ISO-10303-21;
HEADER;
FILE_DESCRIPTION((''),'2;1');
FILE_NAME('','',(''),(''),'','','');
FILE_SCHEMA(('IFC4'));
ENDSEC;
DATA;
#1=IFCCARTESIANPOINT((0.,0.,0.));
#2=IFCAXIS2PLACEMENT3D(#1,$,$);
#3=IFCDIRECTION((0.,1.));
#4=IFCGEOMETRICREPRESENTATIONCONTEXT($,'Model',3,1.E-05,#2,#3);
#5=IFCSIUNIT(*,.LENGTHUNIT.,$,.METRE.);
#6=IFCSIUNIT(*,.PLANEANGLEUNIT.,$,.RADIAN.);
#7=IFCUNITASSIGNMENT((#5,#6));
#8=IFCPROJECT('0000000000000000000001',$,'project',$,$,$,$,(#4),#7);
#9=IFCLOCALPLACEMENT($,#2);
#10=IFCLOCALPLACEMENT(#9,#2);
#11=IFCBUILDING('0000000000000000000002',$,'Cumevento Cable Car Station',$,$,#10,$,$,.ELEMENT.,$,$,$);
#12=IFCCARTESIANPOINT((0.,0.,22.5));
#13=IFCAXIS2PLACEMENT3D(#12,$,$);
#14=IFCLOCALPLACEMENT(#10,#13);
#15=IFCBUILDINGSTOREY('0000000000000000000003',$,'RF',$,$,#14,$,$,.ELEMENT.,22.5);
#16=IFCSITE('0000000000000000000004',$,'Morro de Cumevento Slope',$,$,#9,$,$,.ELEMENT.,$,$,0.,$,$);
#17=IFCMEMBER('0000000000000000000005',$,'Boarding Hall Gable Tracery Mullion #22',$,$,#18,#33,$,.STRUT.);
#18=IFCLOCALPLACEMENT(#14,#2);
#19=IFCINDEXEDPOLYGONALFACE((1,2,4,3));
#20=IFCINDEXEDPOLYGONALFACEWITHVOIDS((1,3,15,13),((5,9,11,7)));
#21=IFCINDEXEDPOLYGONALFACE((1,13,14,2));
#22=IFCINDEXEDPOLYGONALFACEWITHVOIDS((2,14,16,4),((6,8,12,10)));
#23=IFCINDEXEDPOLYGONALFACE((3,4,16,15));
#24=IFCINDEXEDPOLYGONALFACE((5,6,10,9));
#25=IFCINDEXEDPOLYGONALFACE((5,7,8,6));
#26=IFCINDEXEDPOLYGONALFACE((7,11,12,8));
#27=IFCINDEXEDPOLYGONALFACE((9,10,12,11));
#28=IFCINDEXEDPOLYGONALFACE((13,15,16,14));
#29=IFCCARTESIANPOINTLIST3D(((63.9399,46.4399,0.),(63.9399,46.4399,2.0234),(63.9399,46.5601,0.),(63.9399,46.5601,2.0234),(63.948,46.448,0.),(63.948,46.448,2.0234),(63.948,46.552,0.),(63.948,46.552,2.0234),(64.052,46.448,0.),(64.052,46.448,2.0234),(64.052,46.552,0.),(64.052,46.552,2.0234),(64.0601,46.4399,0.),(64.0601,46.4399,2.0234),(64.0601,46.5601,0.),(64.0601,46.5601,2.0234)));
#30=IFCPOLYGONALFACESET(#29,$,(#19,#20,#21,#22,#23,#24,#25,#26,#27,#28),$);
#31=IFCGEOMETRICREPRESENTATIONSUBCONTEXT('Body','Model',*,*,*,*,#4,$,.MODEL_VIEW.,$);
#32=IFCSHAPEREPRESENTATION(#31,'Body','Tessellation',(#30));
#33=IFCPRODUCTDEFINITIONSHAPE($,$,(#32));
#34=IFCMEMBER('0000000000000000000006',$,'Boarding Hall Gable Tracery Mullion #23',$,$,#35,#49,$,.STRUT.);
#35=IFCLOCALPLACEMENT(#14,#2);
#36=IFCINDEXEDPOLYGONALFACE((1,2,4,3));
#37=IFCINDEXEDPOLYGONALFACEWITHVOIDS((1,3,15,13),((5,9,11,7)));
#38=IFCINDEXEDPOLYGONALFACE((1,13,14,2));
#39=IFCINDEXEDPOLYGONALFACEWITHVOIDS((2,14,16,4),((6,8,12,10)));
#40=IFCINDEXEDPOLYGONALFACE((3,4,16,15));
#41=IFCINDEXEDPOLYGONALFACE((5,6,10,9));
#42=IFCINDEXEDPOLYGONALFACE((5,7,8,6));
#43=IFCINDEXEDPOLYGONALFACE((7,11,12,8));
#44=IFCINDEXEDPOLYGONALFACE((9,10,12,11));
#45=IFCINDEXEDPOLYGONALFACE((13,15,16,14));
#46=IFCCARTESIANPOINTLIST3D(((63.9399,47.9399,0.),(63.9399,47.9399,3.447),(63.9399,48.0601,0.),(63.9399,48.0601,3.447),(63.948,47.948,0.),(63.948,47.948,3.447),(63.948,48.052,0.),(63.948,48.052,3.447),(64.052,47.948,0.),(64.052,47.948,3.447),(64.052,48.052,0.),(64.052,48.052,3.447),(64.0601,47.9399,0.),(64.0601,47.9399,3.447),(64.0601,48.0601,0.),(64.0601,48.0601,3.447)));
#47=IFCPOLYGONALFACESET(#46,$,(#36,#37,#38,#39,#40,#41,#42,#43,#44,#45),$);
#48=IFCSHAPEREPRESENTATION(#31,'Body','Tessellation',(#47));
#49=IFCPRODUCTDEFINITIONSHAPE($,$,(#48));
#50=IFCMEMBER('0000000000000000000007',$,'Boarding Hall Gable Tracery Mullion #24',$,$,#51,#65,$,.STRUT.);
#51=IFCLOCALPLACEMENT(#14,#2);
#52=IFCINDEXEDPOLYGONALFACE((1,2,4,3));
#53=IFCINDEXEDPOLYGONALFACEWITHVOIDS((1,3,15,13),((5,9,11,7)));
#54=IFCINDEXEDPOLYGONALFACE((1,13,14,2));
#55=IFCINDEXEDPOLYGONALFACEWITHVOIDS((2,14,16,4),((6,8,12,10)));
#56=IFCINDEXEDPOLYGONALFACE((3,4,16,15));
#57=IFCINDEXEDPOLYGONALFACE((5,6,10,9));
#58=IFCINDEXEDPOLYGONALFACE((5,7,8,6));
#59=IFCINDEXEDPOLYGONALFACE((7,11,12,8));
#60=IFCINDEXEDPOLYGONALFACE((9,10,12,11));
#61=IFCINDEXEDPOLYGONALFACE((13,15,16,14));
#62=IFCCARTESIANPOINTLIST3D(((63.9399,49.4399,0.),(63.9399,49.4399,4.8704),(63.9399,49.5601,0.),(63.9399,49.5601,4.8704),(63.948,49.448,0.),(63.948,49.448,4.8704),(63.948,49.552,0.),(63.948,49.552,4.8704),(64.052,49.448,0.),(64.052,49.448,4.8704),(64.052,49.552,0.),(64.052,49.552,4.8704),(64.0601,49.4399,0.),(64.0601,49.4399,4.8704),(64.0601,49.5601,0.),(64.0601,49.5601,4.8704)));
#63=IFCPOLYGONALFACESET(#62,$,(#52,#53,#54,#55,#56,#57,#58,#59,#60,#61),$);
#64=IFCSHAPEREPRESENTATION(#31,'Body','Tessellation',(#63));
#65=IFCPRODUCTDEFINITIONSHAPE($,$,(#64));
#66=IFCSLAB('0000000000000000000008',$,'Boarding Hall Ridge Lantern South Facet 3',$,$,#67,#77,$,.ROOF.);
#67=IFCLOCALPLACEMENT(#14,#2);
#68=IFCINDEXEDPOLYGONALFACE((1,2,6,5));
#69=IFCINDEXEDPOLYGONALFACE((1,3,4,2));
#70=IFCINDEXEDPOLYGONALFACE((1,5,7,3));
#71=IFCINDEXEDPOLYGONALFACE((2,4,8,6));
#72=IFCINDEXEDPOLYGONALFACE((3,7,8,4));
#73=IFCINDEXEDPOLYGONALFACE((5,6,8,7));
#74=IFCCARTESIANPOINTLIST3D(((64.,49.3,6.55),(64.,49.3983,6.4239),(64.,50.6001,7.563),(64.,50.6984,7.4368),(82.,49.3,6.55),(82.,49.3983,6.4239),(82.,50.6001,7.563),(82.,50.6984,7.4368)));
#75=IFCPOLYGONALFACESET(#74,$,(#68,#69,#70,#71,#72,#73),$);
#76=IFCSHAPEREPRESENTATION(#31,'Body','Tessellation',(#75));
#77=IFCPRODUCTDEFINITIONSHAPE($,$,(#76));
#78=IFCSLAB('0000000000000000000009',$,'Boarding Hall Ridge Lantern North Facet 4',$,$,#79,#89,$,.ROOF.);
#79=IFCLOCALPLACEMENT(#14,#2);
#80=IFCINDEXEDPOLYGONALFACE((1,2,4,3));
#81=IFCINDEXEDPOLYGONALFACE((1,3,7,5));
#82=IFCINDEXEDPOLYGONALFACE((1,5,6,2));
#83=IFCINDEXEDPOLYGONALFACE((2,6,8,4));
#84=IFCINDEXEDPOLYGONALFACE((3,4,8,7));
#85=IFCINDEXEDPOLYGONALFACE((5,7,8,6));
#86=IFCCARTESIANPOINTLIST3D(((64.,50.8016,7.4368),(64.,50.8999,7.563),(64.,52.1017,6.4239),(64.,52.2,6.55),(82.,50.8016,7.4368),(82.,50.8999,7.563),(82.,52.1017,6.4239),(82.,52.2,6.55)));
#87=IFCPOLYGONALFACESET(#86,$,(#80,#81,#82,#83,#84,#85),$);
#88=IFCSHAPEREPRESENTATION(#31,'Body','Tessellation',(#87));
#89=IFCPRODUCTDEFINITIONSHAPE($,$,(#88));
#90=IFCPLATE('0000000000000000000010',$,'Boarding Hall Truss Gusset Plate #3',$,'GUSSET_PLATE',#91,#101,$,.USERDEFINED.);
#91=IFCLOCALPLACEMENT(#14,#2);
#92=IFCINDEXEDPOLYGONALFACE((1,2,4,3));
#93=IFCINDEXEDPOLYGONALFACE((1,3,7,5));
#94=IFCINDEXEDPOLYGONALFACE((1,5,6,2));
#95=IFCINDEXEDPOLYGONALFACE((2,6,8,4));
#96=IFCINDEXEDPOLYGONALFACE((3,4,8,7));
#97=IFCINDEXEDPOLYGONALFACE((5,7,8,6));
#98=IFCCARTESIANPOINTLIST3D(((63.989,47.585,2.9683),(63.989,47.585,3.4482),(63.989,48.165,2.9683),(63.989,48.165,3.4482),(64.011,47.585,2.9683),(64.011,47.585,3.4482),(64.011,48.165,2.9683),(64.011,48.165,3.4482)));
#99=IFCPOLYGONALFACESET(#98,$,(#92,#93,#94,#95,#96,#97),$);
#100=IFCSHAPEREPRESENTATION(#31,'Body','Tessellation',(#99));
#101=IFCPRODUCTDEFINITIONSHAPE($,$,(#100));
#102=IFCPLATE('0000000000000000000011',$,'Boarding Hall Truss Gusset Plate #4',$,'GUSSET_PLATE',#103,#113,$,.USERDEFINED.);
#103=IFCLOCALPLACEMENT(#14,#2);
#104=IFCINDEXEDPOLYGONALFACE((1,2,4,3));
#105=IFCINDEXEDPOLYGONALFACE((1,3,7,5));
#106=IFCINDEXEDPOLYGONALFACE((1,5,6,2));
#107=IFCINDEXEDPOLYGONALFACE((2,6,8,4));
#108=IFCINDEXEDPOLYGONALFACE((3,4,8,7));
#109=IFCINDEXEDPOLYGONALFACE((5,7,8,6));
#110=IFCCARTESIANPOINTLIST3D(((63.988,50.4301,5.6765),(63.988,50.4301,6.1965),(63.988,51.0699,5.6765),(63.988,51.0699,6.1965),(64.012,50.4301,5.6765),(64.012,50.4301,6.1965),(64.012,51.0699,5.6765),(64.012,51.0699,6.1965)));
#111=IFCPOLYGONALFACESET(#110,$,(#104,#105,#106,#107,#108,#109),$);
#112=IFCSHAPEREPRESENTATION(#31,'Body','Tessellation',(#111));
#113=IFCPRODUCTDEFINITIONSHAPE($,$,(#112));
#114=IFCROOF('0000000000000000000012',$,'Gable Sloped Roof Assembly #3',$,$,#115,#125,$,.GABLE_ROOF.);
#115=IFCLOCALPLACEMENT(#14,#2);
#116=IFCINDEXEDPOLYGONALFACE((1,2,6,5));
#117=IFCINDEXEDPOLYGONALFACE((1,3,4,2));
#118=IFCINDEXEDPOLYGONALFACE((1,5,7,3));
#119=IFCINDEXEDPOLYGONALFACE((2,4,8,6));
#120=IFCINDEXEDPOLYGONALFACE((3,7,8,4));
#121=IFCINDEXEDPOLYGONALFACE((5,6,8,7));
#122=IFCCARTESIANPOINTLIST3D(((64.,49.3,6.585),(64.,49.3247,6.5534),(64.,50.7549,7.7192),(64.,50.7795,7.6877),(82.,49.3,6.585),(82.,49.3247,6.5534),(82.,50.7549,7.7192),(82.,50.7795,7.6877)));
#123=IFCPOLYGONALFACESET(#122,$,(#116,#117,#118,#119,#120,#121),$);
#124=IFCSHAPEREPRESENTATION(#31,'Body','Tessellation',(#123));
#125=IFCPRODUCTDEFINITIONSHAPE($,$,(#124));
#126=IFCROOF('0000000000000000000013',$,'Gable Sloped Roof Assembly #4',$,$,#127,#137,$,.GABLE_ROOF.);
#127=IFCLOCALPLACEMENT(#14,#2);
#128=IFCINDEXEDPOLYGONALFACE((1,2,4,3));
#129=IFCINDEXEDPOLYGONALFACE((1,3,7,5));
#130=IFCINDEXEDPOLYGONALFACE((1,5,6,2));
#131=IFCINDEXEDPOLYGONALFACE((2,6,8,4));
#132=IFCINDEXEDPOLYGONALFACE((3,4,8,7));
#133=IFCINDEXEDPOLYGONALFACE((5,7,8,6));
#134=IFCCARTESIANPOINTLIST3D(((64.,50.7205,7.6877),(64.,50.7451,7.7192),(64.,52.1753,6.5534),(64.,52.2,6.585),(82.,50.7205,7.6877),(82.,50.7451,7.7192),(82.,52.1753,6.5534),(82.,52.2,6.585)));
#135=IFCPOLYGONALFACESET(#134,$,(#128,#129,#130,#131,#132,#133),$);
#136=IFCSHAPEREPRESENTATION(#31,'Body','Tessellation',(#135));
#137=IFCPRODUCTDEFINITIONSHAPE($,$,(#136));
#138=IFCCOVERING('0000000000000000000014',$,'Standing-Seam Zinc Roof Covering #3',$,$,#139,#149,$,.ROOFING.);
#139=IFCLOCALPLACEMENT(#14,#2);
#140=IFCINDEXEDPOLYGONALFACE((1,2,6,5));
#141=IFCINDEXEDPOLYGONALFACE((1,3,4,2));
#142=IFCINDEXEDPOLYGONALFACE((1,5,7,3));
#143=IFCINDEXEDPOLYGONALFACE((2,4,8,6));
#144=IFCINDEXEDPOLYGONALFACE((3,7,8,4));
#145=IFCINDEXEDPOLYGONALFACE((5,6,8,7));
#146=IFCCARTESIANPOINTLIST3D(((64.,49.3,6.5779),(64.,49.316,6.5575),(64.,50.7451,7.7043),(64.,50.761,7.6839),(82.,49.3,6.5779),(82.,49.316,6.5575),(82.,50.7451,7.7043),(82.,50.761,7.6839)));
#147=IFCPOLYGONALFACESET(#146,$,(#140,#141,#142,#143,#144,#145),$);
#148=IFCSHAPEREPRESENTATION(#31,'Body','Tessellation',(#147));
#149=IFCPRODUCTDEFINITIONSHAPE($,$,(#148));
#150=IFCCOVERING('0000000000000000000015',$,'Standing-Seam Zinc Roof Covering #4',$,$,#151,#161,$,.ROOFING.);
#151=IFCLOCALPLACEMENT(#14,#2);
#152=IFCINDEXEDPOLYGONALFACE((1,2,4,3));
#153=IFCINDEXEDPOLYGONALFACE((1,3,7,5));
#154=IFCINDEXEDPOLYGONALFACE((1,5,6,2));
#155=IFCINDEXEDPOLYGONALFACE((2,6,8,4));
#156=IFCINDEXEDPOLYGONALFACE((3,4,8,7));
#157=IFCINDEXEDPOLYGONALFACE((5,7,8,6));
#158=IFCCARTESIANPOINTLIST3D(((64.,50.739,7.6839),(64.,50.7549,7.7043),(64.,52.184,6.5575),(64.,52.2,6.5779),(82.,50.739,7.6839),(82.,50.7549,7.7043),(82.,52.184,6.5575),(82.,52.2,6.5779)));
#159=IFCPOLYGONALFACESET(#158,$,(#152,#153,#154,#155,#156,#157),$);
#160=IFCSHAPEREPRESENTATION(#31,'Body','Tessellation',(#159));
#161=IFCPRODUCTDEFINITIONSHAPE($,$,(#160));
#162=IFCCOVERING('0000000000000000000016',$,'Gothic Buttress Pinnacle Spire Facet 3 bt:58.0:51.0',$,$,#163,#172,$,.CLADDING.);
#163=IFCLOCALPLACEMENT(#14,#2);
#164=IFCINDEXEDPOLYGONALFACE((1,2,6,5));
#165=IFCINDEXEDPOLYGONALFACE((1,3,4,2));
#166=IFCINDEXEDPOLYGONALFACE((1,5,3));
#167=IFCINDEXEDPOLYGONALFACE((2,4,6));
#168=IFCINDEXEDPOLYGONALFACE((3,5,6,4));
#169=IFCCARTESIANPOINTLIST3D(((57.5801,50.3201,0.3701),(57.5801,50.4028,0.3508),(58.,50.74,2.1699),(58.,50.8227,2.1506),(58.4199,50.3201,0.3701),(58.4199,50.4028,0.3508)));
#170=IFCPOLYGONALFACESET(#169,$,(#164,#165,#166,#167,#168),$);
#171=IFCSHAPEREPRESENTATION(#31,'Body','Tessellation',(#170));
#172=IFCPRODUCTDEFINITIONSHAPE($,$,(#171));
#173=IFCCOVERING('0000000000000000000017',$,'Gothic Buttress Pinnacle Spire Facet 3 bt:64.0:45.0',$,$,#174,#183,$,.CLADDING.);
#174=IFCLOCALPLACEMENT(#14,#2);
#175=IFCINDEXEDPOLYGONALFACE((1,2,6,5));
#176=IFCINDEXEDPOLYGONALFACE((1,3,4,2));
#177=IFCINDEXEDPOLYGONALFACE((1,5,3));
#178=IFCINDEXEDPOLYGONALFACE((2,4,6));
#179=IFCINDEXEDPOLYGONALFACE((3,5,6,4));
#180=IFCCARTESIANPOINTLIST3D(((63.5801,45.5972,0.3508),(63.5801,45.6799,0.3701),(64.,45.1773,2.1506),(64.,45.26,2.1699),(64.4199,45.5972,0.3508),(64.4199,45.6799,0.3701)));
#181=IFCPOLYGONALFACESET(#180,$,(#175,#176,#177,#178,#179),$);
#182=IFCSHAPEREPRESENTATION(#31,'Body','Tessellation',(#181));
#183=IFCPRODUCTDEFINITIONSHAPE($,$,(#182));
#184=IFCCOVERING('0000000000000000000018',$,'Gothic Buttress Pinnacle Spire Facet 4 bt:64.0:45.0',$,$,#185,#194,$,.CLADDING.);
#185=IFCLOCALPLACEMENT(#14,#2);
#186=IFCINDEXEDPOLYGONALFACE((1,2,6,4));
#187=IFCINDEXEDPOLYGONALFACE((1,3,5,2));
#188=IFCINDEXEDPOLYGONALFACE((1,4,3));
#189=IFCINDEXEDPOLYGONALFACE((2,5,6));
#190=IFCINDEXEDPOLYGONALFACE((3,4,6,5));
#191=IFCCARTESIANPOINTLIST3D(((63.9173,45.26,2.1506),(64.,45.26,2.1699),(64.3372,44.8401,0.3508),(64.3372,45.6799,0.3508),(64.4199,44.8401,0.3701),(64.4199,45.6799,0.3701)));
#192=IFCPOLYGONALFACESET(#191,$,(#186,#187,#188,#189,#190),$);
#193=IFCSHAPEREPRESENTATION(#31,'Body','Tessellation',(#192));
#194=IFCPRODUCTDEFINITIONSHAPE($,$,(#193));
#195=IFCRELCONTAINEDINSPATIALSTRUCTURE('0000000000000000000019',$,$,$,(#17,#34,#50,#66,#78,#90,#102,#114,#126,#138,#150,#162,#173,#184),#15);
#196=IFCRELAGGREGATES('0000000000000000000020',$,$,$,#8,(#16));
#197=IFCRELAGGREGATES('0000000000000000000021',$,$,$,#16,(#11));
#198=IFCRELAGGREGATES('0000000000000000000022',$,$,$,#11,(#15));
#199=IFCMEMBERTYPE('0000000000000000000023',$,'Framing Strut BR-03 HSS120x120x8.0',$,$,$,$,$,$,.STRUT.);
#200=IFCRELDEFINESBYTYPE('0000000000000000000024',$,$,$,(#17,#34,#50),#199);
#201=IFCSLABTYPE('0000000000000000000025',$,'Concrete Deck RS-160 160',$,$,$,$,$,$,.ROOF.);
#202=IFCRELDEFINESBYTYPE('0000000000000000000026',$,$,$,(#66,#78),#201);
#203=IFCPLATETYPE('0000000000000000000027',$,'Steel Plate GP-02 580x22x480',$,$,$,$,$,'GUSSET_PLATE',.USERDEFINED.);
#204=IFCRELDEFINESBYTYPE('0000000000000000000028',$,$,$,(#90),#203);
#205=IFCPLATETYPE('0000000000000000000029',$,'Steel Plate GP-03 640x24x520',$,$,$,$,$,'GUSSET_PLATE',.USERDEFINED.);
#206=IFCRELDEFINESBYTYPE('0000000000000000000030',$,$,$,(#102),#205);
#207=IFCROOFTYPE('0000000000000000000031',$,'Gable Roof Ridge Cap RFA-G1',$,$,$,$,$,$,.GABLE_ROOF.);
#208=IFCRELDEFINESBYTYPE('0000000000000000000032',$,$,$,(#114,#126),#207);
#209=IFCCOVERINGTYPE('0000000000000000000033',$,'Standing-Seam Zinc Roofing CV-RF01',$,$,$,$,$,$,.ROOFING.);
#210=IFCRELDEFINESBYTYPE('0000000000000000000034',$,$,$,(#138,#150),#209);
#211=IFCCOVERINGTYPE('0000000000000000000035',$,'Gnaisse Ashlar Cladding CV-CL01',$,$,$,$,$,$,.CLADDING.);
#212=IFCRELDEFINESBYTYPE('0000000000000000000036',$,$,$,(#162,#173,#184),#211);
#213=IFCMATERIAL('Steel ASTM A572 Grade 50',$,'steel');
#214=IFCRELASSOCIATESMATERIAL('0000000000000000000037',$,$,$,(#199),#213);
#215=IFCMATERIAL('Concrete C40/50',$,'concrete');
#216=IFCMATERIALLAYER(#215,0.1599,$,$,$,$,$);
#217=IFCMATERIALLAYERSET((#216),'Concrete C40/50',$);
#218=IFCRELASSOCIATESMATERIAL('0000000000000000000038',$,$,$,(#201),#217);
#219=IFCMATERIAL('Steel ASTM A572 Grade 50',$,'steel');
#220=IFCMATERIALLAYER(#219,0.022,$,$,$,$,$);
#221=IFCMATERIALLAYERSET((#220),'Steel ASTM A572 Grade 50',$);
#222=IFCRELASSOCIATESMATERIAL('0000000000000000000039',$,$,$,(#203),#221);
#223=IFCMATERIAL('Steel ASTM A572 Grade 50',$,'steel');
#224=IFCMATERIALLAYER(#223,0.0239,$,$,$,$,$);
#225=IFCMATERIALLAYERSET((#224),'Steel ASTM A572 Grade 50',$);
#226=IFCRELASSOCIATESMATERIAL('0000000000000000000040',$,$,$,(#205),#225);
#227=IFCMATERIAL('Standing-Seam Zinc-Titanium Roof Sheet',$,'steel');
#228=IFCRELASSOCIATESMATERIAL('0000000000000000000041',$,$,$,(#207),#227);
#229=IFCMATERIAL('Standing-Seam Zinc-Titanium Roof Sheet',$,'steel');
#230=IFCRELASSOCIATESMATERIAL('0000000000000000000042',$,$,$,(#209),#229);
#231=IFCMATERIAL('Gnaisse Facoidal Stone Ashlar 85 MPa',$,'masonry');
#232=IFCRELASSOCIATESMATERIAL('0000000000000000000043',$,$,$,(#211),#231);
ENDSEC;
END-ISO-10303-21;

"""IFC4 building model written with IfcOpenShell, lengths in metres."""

from ifc_helpers import new_model, si_unit, direction, frame, origin, origin_2d, place, context, subcontext, project, spatial, polyline, rectangle, hollow_rectangle, outline, extrude, material, layer, layer_set, material_profile, profile_set, type_object, element, save


model = new_model("IFC4")

# Units and contexts
model_context = context("Model", 3, precision=1e-05, world=origin(), true_north=direction((0.0, 1.0)))
body_context = subcontext(model_context, "Body", "Model", "MODEL_VIEW")
ifc_project = project(units=[si_unit("LENGTHUNIT", "METRE"), si_unit("PLANEANGLEUNIT", "RADIAN")], contexts=[model_context])

# Site, building, storey
site_placement = place(None, origin())
site = spatial("IfcSite", under=ifc_project, at=site_placement, Name="Morro de Cumevento Slope", CompositionType="ELEMENT", RefElevation=0.0)
building_placement = place(site_placement, origin())
building = spatial("IfcBuilding", under=site, at=building_placement, Name="Cumevento Cable Car Station", CompositionType="ELEMENT")
storey_placement = place(building_placement, frame((0.0, 0.0, 22.5)))
storey = spatial("IfcBuildingStorey", under=building, at=storey_placement, Name="RF", CompositionType="ELEMENT", Elevation=22.5)

# Members
ifc_material_1 = material(Name="Steel ASTM A572 Grade 50", Category="steel")
ifc_material_profile_1 = material_profile(ifc_material_1, hollow_rectangle(XDim=0.1201, YDim=0.1201, WallThickness=0.0081, at=origin_2d()), Name="HSS120x120x8.0")
ifc_profile_set_1 = profile_set([ifc_material_profile_1], Name="Steel ASTM A572 Grade 50")
member_type_1 = type_object("IfcMemberType", Name="Framing Strut BR-03 HSS120x120x8.0", PredefinedType="STRUT", material=ifc_profile_set_1)
member_1_placement = place(storey_placement, frame((64.0, 46.5, 0.0), z_axis=(0.0, 0.0, 1.0), x_axis=(1.0, 0.0, 0.0)))
element("IfcMember", 1, at=member_1_placement, inside=storey, type_object=member_type_1, Name="Boarding Hall Gable Tracery Mullion #22", PredefinedType="STRUT", context=body_context, shape_type="SweptSolid", body=[
    extrude(hollow_rectangle(XDim=0.1201, YDim=0.1201, WallThickness=0.0081, at=origin_2d()), origin(), (0.0, 0.0, 1.0), 2.0234),
])
member_2_placement = place(storey_placement, frame((64.0, 48.0, 0.0), z_axis=(0.0, 0.0, 1.0), x_axis=(1.0, 0.0, 0.0)))
element("IfcMember", 2, at=member_2_placement, inside=storey, type_object=member_type_1, Name="Boarding Hall Gable Tracery Mullion #23", PredefinedType="STRUT", context=body_context, shape_type="SweptSolid", body=[
    extrude(hollow_rectangle(XDim=0.1201, YDim=0.1201, WallThickness=0.0081, at=origin_2d()), origin(), (0.0, 0.0, 1.0), 3.447),
])
member_3_placement = place(storey_placement, frame((64.0, 49.5, 0.0), z_axis=(0.0, 0.0, 1.0), x_axis=(1.0, 0.0, 0.0)))
element("IfcMember", 3, at=member_3_placement, inside=storey, type_object=member_type_1, Name="Boarding Hall Gable Tracery Mullion #24", PredefinedType="STRUT", context=body_context, shape_type="SweptSolid", body=[
    extrude(hollow_rectangle(XDim=0.1201, YDim=0.1201, WallThickness=0.0081, at=origin_2d()), origin(), (0.0, 0.0, 1.0), 4.8704),
])

# Slabs
ifc_material_2 = material(Name="Concrete C40/50", Category="concrete")
ifc_layer_1 = layer(ifc_material_2, 0.1599)
ifc_layer_set_1 = layer_set([ifc_layer_1], Name="Concrete C40/50")
slab_type = type_object("IfcSlabType", Name="Concrete Deck RS-160 160", PredefinedType="ROOF", material=ifc_layer_set_1)
for number, where, z_axis, x_axis, name in (
    (4, (64.0, 49.3, 6.55), (0.0, -0.614617, 0.788825), (1.0, 0.0, 0.0), "Boarding Hall Ridge Lantern South Facet 3"),
    (5, (64.0, 50.8999, 7.563), (0.0, 0.614617, 0.788825), (1.0, 0.0, 0.0), "Boarding Hall Ridge Lantern North Facet 4"),
):
    element("IfcSlab", number, at=place(storey_placement, frame(where, z_axis=z_axis, x_axis=x_axis)), inside=storey, type_object=slab_type, Name=name, PredefinedType="ROOF", context=body_context, shape_type="SweptSolid", body=[
        extrude(outline(polyline([(0.0, 0.0), (18.0, 0.0), (18.0, 1.6481), (0.0, 1.6481), (0.0, 0.0)])), origin(), (0.0, 0.0, -1.0), 0.1599),
    ])

# Plates
ifc_material_3 = material(Name="Steel ASTM A572 Grade 50", Category="steel")
ifc_layer_2 = layer(ifc_material_3, 0.022)
ifc_layer_set_2 = layer_set([ifc_layer_2], Name="Steel ASTM A572 Grade 50")
plate_type_1 = type_object("IfcPlateType", Name="Steel Plate GP-02 580x22x480", ElementType="GUSSET_PLATE", PredefinedType="USERDEFINED", material=ifc_layer_set_2)
plate_1_placement = place(storey_placement, frame((64.0, 47.875, 2.9683), z_axis=(0.0, 0.0, 1.0), x_axis=(0.0, 1.0, 0.0)))
element("IfcPlate", 6, at=plate_1_placement, inside=storey, type_object=plate_type_1, Name="Boarding Hall Truss Gusset Plate #3", ObjectType="GUSSET_PLATE", PredefinedType="USERDEFINED", context=body_context, shape_type="SweptSolid", body=[
    extrude(rectangle(XDim=0.5801, YDim=0.022, at=origin_2d()), origin(), (0.0, 0.0, 1.0), 0.48),
])
ifc_material_4 = material(Name="Steel ASTM A572 Grade 50", Category="steel")
ifc_layer_3 = layer(ifc_material_4, 0.0239)
ifc_layer_set_3 = layer_set([ifc_layer_3], Name="Steel ASTM A572 Grade 50")
plate_type_2 = type_object("IfcPlateType", Name="Steel Plate GP-03 640x24x520", ElementType="GUSSET_PLATE", PredefinedType="USERDEFINED", material=ifc_layer_set_3)
plate_2_placement = place(storey_placement, frame((64.0, 50.75, 5.6765), z_axis=(0.0, 0.0, 1.0), x_axis=(0.0, 1.0, 0.0)))
element("IfcPlate", 7, at=plate_2_placement, inside=storey, type_object=plate_type_2, Name="Boarding Hall Truss Gusset Plate #4", ObjectType="GUSSET_PLATE", PredefinedType="USERDEFINED", context=body_context, shape_type="SweptSolid", body=[
    extrude(rectangle(XDim=0.6399, YDim=0.0239, at=origin_2d()), origin(), (0.0, 0.0, 1.0), 0.52),
])

# Roofs
ifc_material_5 = material(Name="Standing-Seam Zinc-Titanium Roof Sheet", Category="steel")
roof_type = type_object("IfcRoofType", Name="Gable Roof Ridge Cap RFA-G1", PredefinedType="GABLE_ROOF", material=ifc_material_5)
for number, where, z_axis, x_axis, name in (
    (8, (64.0, 49.3, 6.585), (0.0, -0.614866, 0.788632), (1.0, 0.0, 0.0), "Gable Sloped Roof Assembly #3"),
    (9, (64.0, 50.7451, 7.7192), (0.0, 0.614866, 0.788632), (1.0, 0.0, 0.0), "Gable Sloped Roof Assembly #4"),
):
    element("IfcRoof", number, at=place(storey_placement, frame(where, z_axis=z_axis, x_axis=x_axis)), inside=storey, type_object=roof_type, Name=name, PredefinedType="GABLE_ROOF", context=body_context, shape_type="SweptSolid", body=[
        extrude(outline(polyline([(0.0, 0.0), (18.0, 0.0), (18.0, 1.8448), (0.0, 1.8448), (0.0, 0.0)])), origin(), (0.0, 0.0, -1.0), 0.04),
    ])

# Coverings
ifc_material_6 = material(Name="Standing-Seam Zinc-Titanium Roof Sheet", Category="steel")
covering_type_1 = type_object("IfcCoveringType", Name="Standing-Seam Zinc Roofing CV-RF01", PredefinedType="ROOFING", material=ifc_material_6)
for number, where, z_axis, x_axis, name in (
    (10, (64.0, 49.3, 6.5779), (0.0, -0.614798, 0.788684), (1.0, 0.0, 0.0), "Standing-Seam Zinc Roof Covering #3"),
    (11, (64.0, 50.7549, 7.7043), (0.0, 0.614798, 0.788684), (1.0, 0.0, 0.0), "Standing-Seam Zinc Roof Covering #4"),
):
    element("IfcCovering", number, at=place(storey_placement, frame(where, z_axis=z_axis, x_axis=x_axis)), inside=storey, type_object=covering_type_1, Name=name, PredefinedType="ROOFING", context=body_context, shape_type="SweptSolid", body=[
        extrude(outline(polyline([(0.0, 0.0), (18.0, 0.0), (18.0, 1.8323), (0.0, 1.8323), (0.0, 0.0)])), origin(), (0.0, 0.0, -1.0), 0.0259),
    ])
ifc_material_7 = material(Name="Gnaisse Facoidal Stone Ashlar 85 MPa", Category="masonry")
covering_type_2 = type_object("IfcCoveringType", Name="Gnaisse Ashlar Cladding CV-CL01", PredefinedType="CLADDING", material=ifc_material_7)
for number, where, z_axis, x_axis, name in (
    (12, (58.4199, 50.3201, 0.3701), (0.0, -0.973845, 0.227213), (-1.0, 0.0, 0.0), "Gothic Buttress Pinnacle Spire Facet 3 bt:58.0:51.0"),
    (13, (63.5801, 45.6799, 0.3701), (0.0, 0.973845, 0.227213), (1.0, 0.0, 0.0), "Gothic Buttress Pinnacle Spire Facet 3 bt:64.0:45.0"),
    (14, (64.4199, 45.6799, 0.3701), (0.973845, 0.0, 0.227213), (0.0, -1.0, 0.0), "Gothic Buttress Pinnacle Spire Facet 4 bt:64.0:45.0"),
):
    element("IfcCovering", number, at=place(storey_placement, frame(where, z_axis=z_axis, x_axis=x_axis)), inside=storey, type_object=covering_type_2, Name=name, PredefinedType="CLADDING", context=body_context, shape_type="SweptSolid", body=[
        extrude(outline(polyline([(0.0, 0.0), (0.8398, 0.0), (0.4199, -1.8481), (0.0, 0.0)])), origin(), (0.0, 0.0, -1.0), 0.085),
    ])

save(model, "model.ifc")
